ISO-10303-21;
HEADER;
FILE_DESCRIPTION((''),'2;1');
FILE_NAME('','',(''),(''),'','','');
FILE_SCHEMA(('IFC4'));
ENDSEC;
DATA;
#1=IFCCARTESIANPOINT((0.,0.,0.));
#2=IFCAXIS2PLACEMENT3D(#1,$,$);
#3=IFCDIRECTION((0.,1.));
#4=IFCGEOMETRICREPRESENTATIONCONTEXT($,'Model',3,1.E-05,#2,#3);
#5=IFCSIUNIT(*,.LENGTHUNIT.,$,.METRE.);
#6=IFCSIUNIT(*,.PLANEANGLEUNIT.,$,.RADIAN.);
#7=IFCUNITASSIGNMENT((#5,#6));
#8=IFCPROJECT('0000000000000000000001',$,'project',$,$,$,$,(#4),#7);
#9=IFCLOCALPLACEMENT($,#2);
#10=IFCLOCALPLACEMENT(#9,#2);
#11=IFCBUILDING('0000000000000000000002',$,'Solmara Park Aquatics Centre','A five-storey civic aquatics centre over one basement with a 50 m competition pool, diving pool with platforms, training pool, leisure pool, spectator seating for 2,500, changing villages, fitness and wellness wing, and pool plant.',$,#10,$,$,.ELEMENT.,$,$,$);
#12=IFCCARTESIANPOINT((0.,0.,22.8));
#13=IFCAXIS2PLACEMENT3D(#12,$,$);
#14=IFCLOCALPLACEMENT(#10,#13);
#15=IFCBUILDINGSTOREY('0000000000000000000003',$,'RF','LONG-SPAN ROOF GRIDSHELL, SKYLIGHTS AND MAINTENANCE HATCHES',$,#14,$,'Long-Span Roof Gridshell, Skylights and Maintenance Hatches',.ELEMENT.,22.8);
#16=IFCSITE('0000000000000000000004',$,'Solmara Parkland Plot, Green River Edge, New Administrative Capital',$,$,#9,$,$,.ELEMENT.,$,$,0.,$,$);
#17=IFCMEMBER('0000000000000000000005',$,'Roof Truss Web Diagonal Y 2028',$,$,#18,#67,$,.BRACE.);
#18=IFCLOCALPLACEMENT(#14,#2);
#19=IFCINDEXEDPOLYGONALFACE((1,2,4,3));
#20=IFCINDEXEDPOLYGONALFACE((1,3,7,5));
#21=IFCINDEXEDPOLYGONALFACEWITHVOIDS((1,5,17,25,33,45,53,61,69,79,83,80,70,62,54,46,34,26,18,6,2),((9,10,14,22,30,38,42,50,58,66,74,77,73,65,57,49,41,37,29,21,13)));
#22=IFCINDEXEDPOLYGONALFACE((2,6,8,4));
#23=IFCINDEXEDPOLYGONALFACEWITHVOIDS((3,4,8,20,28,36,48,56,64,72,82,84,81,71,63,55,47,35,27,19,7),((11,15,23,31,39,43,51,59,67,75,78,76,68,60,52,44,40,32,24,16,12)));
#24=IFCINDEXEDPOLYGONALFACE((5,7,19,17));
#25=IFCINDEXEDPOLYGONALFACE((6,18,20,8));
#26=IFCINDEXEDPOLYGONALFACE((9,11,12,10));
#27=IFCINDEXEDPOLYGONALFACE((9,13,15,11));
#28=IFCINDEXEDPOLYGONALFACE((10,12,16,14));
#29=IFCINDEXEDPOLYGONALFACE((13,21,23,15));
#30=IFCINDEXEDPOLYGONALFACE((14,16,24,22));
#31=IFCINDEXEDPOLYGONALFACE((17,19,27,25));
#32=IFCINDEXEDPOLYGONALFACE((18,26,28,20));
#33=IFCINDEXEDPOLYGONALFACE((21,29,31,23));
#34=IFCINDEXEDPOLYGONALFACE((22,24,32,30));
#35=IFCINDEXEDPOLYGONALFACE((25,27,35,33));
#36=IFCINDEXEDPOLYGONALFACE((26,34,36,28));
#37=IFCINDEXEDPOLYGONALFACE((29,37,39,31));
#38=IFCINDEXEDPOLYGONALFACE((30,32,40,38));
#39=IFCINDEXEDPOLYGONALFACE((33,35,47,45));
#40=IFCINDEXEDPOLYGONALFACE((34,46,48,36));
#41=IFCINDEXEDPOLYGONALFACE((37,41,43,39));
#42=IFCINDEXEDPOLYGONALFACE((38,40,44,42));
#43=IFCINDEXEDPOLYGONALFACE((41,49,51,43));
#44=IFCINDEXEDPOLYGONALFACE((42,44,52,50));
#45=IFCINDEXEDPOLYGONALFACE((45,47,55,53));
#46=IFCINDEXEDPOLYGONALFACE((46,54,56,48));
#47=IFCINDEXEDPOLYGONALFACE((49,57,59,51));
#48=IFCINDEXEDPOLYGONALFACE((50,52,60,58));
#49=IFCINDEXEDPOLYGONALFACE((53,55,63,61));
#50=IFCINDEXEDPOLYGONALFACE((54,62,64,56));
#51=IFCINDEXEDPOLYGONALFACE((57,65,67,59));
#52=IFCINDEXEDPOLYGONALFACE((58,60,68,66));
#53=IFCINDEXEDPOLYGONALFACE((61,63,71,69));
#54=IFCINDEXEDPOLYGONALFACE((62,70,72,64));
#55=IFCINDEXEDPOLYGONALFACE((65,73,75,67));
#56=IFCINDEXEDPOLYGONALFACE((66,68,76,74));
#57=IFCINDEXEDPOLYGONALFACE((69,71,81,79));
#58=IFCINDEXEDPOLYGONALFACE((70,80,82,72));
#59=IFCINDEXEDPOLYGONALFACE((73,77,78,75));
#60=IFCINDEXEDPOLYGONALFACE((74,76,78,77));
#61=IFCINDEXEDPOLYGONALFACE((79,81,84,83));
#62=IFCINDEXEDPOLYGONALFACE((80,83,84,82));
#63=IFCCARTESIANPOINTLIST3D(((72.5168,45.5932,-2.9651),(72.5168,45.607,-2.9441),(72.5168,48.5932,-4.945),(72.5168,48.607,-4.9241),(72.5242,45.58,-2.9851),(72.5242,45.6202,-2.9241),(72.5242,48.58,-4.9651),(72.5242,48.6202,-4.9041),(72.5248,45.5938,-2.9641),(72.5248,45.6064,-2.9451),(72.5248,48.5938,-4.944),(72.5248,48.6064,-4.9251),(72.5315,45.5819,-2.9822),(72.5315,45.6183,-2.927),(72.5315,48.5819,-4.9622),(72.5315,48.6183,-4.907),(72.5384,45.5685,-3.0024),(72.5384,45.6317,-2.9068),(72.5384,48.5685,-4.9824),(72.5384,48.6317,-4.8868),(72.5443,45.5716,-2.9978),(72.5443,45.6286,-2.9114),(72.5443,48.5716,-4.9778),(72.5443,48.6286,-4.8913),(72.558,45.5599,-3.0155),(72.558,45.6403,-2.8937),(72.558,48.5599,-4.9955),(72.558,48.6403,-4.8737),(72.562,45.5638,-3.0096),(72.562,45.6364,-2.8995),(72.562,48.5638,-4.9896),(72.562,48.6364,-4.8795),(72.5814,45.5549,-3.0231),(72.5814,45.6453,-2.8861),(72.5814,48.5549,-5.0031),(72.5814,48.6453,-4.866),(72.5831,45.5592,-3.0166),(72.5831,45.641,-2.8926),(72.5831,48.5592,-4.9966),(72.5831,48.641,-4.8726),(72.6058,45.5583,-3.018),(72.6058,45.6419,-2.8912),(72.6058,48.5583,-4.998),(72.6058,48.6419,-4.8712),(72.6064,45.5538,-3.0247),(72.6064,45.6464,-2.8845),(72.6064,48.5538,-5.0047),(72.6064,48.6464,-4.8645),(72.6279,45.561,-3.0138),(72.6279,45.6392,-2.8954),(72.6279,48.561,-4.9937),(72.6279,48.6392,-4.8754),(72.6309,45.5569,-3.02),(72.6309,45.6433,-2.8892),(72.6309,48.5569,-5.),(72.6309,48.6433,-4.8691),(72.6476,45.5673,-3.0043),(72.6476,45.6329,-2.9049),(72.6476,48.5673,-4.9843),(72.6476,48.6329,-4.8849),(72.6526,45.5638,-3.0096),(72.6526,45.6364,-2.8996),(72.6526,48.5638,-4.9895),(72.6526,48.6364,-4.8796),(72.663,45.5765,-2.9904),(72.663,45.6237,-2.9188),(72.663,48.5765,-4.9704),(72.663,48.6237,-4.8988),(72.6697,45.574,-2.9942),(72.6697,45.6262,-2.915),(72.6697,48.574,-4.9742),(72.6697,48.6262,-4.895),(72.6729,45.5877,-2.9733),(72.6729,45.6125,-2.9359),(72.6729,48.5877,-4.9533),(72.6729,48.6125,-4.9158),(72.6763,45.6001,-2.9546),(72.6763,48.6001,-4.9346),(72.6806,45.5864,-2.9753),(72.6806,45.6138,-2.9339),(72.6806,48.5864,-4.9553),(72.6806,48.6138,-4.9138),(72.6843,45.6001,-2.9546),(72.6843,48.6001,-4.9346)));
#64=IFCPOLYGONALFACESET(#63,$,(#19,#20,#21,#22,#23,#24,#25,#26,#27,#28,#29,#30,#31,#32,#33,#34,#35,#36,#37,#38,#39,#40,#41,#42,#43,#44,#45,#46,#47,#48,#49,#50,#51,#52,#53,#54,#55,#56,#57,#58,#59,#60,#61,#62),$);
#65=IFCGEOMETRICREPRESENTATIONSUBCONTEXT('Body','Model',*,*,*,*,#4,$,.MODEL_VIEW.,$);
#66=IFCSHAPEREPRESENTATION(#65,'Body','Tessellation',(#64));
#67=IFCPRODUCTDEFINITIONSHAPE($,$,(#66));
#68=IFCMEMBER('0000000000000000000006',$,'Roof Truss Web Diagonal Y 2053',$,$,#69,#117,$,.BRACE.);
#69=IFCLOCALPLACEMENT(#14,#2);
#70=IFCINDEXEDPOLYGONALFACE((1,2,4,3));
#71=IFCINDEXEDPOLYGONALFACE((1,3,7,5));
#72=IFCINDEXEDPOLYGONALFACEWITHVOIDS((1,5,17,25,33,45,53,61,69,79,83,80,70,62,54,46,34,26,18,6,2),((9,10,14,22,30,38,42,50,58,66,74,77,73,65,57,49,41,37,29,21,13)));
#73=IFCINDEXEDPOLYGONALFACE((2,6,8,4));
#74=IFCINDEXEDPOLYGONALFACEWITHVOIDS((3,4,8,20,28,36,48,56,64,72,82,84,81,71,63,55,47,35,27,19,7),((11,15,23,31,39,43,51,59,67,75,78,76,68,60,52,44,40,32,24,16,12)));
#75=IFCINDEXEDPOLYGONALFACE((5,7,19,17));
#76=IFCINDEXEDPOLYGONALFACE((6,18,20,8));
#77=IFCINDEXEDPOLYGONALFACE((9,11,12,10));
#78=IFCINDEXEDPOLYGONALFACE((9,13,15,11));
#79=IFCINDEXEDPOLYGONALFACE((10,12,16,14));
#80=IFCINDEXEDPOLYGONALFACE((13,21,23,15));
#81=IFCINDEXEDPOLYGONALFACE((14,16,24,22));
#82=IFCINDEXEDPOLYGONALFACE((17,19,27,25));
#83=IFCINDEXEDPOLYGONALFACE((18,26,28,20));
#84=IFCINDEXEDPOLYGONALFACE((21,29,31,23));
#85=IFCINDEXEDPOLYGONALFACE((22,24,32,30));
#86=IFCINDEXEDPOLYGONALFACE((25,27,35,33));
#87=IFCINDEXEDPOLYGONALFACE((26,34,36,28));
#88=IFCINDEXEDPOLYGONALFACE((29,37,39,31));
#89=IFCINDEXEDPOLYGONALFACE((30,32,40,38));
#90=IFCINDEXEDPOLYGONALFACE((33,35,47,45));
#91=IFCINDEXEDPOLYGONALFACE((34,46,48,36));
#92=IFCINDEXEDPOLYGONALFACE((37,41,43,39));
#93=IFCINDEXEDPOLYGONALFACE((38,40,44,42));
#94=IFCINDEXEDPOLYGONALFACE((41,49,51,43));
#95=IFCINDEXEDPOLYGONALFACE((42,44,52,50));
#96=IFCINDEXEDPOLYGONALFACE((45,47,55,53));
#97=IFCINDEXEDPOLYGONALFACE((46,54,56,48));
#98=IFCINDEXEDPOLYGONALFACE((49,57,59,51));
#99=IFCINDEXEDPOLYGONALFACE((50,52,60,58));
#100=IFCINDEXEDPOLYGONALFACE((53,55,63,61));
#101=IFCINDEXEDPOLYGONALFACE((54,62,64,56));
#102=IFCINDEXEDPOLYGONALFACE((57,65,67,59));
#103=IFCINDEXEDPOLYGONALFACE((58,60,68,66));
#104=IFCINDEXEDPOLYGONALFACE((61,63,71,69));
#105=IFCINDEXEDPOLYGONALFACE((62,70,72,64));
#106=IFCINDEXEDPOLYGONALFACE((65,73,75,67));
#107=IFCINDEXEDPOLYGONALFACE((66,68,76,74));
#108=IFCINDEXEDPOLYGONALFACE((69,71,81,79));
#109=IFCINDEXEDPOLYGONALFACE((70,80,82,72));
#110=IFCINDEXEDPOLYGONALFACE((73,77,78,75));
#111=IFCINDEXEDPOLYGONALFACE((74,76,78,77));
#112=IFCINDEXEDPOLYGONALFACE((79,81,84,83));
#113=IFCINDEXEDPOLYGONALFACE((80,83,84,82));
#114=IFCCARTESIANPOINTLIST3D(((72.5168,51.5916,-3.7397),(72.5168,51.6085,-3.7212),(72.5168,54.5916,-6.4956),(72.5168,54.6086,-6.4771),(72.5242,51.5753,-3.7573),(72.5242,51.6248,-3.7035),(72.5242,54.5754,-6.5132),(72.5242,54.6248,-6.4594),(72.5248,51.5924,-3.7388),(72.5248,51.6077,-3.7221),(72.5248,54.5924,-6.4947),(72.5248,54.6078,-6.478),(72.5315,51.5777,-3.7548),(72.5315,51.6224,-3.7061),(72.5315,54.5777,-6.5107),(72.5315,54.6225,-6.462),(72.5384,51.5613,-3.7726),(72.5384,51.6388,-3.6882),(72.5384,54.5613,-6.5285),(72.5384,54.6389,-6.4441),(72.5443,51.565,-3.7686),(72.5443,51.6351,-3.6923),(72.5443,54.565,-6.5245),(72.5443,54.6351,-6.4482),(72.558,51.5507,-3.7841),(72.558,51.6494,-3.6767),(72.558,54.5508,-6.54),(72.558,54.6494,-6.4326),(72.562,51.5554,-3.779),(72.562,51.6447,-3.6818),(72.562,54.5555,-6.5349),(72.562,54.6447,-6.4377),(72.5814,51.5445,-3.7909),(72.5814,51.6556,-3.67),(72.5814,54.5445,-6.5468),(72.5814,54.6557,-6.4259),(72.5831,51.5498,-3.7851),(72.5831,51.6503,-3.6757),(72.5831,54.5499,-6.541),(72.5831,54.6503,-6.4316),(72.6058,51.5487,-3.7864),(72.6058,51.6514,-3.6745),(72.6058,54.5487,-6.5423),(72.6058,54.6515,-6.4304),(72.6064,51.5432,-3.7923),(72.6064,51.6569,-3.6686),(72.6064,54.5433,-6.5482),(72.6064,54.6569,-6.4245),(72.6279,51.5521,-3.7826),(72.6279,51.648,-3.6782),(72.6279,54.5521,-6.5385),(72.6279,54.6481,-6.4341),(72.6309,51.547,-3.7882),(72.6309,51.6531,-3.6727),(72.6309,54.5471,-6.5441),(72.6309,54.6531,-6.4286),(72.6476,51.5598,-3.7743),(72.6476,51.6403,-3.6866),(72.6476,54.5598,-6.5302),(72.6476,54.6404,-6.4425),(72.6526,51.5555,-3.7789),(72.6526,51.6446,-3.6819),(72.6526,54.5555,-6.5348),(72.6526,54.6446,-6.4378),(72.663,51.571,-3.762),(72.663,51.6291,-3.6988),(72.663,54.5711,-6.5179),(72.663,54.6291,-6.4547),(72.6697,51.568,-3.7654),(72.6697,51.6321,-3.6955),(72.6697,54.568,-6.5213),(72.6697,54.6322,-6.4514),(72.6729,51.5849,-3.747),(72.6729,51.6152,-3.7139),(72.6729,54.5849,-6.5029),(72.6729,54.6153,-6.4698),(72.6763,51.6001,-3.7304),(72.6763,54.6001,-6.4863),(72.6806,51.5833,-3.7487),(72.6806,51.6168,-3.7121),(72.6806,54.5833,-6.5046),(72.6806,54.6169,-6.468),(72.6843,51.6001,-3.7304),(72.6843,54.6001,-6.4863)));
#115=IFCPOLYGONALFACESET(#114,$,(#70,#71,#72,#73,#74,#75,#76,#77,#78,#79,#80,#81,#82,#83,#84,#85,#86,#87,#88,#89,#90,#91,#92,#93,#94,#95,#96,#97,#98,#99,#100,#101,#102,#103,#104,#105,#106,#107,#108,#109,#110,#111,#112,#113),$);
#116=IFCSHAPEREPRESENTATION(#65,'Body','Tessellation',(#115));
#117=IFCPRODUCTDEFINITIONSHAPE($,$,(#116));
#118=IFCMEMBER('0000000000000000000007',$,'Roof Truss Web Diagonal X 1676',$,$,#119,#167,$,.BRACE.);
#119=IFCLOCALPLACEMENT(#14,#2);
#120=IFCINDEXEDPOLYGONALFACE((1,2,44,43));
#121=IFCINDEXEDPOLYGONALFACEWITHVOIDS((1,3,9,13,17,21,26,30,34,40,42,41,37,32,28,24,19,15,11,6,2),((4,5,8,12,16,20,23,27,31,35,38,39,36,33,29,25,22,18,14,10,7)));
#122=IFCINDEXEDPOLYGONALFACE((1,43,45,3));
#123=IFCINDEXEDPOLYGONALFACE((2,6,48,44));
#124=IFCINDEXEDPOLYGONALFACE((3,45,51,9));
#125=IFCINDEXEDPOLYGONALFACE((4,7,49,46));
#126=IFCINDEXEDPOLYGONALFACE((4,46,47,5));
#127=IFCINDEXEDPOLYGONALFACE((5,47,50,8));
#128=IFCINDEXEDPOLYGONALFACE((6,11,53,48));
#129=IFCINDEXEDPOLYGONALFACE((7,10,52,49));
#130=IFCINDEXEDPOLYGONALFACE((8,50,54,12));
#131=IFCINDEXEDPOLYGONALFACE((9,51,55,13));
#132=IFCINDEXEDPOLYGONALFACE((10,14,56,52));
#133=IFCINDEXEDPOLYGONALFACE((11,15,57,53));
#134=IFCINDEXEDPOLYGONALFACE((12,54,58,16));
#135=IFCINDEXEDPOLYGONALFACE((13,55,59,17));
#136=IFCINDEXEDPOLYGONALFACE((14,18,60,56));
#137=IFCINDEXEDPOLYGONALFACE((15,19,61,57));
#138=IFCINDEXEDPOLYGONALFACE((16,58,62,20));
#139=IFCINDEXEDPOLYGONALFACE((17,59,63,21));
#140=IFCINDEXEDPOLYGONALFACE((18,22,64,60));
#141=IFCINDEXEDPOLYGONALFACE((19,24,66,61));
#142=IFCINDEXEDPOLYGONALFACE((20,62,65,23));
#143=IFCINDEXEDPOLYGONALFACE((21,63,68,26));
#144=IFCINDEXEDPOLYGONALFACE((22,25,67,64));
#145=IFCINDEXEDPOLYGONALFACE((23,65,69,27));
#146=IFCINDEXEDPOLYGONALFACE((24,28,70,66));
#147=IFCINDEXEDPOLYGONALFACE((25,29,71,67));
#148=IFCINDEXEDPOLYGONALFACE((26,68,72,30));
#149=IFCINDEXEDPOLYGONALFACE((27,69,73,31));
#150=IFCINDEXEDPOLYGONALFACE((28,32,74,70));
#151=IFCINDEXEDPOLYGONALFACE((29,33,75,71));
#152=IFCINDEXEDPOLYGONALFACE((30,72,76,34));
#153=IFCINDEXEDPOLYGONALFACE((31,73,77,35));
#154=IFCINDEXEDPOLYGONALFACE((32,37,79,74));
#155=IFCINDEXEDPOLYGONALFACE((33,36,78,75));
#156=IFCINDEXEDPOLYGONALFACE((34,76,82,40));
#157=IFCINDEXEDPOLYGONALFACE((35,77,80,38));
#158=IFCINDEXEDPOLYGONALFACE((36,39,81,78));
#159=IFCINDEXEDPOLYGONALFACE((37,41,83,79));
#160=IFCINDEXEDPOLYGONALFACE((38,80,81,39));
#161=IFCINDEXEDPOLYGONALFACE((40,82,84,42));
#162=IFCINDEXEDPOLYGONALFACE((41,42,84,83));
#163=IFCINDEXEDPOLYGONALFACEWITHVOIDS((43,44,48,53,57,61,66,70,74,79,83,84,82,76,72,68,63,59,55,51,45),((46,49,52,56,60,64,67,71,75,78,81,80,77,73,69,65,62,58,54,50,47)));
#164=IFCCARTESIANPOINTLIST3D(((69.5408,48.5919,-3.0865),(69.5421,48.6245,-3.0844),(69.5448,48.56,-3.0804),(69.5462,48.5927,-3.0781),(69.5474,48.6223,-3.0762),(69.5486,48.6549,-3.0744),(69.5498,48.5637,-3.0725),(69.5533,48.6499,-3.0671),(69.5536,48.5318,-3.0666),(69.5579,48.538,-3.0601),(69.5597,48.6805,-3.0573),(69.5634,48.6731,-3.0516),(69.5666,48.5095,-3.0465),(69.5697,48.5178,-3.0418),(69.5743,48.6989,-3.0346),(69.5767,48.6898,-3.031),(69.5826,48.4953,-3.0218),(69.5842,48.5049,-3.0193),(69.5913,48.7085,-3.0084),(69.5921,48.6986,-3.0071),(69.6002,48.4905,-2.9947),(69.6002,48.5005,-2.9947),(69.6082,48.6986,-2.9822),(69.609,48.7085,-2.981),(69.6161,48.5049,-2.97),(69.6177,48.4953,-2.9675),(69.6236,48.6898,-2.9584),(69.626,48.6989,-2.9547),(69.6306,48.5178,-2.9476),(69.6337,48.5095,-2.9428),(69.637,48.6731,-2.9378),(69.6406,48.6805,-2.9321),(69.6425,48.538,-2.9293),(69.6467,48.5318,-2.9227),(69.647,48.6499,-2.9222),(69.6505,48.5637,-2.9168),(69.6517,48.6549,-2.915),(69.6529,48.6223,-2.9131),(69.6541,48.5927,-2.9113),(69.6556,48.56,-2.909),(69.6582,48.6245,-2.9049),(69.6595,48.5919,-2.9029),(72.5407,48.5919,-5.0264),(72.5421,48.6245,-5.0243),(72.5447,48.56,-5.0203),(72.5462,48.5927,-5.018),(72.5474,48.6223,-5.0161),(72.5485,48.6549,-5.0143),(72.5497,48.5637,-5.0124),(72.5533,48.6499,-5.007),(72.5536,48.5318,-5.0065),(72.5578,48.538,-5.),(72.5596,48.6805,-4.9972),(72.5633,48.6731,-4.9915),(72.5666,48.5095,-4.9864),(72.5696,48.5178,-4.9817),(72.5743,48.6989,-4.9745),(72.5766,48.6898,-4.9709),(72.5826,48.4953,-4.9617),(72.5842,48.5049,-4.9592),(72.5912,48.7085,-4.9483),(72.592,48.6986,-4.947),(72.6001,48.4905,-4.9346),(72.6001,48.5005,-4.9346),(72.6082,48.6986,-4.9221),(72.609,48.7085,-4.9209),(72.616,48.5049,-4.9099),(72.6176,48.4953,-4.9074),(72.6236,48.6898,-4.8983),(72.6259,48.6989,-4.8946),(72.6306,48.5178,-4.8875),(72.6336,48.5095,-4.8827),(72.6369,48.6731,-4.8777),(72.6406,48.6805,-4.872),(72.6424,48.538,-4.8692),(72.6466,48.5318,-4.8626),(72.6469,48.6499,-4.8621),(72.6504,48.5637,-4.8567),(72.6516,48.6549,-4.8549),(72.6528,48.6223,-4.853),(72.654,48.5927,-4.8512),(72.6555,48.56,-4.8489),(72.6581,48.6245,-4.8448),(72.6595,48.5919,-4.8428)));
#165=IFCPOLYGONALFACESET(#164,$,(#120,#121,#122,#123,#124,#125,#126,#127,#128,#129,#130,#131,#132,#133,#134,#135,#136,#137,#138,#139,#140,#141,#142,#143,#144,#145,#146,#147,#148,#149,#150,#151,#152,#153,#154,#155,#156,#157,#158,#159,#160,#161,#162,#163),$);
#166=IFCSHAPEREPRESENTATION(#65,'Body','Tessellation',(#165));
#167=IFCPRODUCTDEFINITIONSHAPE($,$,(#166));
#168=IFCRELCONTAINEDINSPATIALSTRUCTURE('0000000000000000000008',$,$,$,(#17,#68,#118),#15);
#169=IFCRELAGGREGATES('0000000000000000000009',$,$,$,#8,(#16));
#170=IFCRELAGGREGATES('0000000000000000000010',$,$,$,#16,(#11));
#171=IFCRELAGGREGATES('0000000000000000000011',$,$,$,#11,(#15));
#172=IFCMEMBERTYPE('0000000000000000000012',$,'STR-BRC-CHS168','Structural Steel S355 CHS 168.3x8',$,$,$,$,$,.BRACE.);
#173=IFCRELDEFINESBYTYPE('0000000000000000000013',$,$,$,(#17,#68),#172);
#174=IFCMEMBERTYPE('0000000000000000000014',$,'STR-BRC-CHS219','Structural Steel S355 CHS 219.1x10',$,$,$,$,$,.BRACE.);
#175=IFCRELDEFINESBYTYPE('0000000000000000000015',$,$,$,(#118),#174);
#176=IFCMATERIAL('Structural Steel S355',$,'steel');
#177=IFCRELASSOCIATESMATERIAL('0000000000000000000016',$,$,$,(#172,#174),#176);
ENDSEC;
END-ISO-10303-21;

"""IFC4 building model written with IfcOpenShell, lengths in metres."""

from ifc_helpers import new_model, si_unit, direction, frame, origin, origin_2d, place, context, subcontext, project, spatial, hollow_circle, extrude, material, material_profile, profile_set, type_object, element, save


model = new_model("IFC4")

# Units and contexts
model_context = context("Model", 3, precision=1e-05, world=origin(), true_north=direction((0.0, 1.0)))
body_context = subcontext(model_context, "Body", "Model", "MODEL_VIEW")
ifc_project = project(units=[si_unit("LENGTHUNIT", "METRE"), si_unit("PLANEANGLEUNIT", "RADIAN")], contexts=[model_context])

# Site, building, storey
site_placement = place(None, origin())
site = spatial("IfcSite", under=ifc_project, at=site_placement, Name="Solmara Parkland Plot, Green River Edge, New Administrative Capital", CompositionType="ELEMENT", RefElevation=0.0)
building_placement = place(site_placement, origin())
building = spatial("IfcBuilding", under=site, at=building_placement, Name="Solmara Park Aquatics Centre", Description="A five-storey civic aquatics centre over one basement with a 50 m competition pool, diving pool with platforms, training pool, leisure pool, spectator seating for 2,500, changing villages, fitness and wellness wing, and pool plant.", CompositionType="ELEMENT")
storey_placement = place(building_placement, frame((0.0, 0.0, 22.8)))
storey = spatial("IfcBuildingStorey", under=building, at=storey_placement, Name="RF", Description="LONG-SPAN ROOF GRIDSHELL, SKYLIGHTS AND MAINTENANCE HATCHES", LongName="Long-Span Roof Gridshell, Skylights and Maintenance Hatches", CompositionType="ELEMENT", Elevation=22.8)

# Members
ifc_material_1 = material(Name="Structural Steel S355", Category="steel")
ifc_material_profile_1 = material_profile(ifc_material_1, hollow_circle(Radius=0.0842, WallThickness=0.0081, at=origin_2d()), Name="CHS 168.3x8")
ifc_profile_set_1 = profile_set([ifc_material_profile_1], Name="Structural Steel S355")
member_type_1 = type_object("IfcMemberType", Name="STR-BRC-CHS168", Description="Structural Steel S355 CHS 168.3x8", PredefinedType="BRACE", material=ifc_profile_set_1)
member_1_placement = place(storey_placement, frame((72.6001, 48.6001, -4.9346), z_axis=(0.0, -0.834612, 0.550838), x_axis=(1.0, 0.0, 0.0)))
element("IfcMember", 1, at=member_1_placement, inside=storey, type_object=member_type_1, Name="Roof Truss Web Diagonal Y 2028", PredefinedType="BRACE", context=body_context, shape_type="SweptSolid", body=[
    extrude(hollow_circle(Radius=0.0842, WallThickness=0.0081, at=origin_2d()), origin(), (0.0, 0.0, 1.0), 3.5945),
])
member_2_placement = place(storey_placement, frame((72.6001, 54.6001, -6.4863), z_axis=(0.0, -0.736437, 0.676506), x_axis=(1.0, 0.0, 0.0)))
element("IfcMember", 2, at=member_2_placement, inside=storey, type_object=member_type_1, Name="Roof Truss Web Diagonal Y 2053", PredefinedType="BRACE", context=body_context, shape_type="SweptSolid", body=[
    extrude(hollow_circle(Radius=0.0842, WallThickness=0.0081, at=origin_2d()), origin(), (0.0, 0.0, 1.0), 4.0737),
])
ifc_material_profile_2 = material_profile(ifc_material_1, hollow_circle(Radius=0.1096, WallThickness=0.01, at=origin_2d()), Name="CHS 219.1x10")
ifc_profile_set_2 = profile_set([ifc_material_profile_2], Name="Structural Steel S355")
member_type_2 = type_object("IfcMemberType", Name="STR-BRC-CHS219", Description="Structural Steel S355 CHS 219.1x10", PredefinedType="BRACE", material=ifc_profile_set_2)
member_3_placement = place(storey_placement, frame((72.6001, 48.6001, -4.9346), z_axis=(-0.839728, 0.0, 0.543008), x_axis=(0.0, -1.0, 0.0)))
element("IfcMember", 3, at=member_3_placement, inside=storey, type_object=member_type_2, Name="Roof Truss Web Diagonal X 1676", PredefinedType="BRACE", context=body_context, shape_type="SweptSolid", body=[
    extrude(hollow_circle(Radius=0.1096, WallThickness=0.01, at=origin_2d()), origin(), (0.0, 0.0, 1.0), 3.5725),
])

save(model, "model.ifc")
